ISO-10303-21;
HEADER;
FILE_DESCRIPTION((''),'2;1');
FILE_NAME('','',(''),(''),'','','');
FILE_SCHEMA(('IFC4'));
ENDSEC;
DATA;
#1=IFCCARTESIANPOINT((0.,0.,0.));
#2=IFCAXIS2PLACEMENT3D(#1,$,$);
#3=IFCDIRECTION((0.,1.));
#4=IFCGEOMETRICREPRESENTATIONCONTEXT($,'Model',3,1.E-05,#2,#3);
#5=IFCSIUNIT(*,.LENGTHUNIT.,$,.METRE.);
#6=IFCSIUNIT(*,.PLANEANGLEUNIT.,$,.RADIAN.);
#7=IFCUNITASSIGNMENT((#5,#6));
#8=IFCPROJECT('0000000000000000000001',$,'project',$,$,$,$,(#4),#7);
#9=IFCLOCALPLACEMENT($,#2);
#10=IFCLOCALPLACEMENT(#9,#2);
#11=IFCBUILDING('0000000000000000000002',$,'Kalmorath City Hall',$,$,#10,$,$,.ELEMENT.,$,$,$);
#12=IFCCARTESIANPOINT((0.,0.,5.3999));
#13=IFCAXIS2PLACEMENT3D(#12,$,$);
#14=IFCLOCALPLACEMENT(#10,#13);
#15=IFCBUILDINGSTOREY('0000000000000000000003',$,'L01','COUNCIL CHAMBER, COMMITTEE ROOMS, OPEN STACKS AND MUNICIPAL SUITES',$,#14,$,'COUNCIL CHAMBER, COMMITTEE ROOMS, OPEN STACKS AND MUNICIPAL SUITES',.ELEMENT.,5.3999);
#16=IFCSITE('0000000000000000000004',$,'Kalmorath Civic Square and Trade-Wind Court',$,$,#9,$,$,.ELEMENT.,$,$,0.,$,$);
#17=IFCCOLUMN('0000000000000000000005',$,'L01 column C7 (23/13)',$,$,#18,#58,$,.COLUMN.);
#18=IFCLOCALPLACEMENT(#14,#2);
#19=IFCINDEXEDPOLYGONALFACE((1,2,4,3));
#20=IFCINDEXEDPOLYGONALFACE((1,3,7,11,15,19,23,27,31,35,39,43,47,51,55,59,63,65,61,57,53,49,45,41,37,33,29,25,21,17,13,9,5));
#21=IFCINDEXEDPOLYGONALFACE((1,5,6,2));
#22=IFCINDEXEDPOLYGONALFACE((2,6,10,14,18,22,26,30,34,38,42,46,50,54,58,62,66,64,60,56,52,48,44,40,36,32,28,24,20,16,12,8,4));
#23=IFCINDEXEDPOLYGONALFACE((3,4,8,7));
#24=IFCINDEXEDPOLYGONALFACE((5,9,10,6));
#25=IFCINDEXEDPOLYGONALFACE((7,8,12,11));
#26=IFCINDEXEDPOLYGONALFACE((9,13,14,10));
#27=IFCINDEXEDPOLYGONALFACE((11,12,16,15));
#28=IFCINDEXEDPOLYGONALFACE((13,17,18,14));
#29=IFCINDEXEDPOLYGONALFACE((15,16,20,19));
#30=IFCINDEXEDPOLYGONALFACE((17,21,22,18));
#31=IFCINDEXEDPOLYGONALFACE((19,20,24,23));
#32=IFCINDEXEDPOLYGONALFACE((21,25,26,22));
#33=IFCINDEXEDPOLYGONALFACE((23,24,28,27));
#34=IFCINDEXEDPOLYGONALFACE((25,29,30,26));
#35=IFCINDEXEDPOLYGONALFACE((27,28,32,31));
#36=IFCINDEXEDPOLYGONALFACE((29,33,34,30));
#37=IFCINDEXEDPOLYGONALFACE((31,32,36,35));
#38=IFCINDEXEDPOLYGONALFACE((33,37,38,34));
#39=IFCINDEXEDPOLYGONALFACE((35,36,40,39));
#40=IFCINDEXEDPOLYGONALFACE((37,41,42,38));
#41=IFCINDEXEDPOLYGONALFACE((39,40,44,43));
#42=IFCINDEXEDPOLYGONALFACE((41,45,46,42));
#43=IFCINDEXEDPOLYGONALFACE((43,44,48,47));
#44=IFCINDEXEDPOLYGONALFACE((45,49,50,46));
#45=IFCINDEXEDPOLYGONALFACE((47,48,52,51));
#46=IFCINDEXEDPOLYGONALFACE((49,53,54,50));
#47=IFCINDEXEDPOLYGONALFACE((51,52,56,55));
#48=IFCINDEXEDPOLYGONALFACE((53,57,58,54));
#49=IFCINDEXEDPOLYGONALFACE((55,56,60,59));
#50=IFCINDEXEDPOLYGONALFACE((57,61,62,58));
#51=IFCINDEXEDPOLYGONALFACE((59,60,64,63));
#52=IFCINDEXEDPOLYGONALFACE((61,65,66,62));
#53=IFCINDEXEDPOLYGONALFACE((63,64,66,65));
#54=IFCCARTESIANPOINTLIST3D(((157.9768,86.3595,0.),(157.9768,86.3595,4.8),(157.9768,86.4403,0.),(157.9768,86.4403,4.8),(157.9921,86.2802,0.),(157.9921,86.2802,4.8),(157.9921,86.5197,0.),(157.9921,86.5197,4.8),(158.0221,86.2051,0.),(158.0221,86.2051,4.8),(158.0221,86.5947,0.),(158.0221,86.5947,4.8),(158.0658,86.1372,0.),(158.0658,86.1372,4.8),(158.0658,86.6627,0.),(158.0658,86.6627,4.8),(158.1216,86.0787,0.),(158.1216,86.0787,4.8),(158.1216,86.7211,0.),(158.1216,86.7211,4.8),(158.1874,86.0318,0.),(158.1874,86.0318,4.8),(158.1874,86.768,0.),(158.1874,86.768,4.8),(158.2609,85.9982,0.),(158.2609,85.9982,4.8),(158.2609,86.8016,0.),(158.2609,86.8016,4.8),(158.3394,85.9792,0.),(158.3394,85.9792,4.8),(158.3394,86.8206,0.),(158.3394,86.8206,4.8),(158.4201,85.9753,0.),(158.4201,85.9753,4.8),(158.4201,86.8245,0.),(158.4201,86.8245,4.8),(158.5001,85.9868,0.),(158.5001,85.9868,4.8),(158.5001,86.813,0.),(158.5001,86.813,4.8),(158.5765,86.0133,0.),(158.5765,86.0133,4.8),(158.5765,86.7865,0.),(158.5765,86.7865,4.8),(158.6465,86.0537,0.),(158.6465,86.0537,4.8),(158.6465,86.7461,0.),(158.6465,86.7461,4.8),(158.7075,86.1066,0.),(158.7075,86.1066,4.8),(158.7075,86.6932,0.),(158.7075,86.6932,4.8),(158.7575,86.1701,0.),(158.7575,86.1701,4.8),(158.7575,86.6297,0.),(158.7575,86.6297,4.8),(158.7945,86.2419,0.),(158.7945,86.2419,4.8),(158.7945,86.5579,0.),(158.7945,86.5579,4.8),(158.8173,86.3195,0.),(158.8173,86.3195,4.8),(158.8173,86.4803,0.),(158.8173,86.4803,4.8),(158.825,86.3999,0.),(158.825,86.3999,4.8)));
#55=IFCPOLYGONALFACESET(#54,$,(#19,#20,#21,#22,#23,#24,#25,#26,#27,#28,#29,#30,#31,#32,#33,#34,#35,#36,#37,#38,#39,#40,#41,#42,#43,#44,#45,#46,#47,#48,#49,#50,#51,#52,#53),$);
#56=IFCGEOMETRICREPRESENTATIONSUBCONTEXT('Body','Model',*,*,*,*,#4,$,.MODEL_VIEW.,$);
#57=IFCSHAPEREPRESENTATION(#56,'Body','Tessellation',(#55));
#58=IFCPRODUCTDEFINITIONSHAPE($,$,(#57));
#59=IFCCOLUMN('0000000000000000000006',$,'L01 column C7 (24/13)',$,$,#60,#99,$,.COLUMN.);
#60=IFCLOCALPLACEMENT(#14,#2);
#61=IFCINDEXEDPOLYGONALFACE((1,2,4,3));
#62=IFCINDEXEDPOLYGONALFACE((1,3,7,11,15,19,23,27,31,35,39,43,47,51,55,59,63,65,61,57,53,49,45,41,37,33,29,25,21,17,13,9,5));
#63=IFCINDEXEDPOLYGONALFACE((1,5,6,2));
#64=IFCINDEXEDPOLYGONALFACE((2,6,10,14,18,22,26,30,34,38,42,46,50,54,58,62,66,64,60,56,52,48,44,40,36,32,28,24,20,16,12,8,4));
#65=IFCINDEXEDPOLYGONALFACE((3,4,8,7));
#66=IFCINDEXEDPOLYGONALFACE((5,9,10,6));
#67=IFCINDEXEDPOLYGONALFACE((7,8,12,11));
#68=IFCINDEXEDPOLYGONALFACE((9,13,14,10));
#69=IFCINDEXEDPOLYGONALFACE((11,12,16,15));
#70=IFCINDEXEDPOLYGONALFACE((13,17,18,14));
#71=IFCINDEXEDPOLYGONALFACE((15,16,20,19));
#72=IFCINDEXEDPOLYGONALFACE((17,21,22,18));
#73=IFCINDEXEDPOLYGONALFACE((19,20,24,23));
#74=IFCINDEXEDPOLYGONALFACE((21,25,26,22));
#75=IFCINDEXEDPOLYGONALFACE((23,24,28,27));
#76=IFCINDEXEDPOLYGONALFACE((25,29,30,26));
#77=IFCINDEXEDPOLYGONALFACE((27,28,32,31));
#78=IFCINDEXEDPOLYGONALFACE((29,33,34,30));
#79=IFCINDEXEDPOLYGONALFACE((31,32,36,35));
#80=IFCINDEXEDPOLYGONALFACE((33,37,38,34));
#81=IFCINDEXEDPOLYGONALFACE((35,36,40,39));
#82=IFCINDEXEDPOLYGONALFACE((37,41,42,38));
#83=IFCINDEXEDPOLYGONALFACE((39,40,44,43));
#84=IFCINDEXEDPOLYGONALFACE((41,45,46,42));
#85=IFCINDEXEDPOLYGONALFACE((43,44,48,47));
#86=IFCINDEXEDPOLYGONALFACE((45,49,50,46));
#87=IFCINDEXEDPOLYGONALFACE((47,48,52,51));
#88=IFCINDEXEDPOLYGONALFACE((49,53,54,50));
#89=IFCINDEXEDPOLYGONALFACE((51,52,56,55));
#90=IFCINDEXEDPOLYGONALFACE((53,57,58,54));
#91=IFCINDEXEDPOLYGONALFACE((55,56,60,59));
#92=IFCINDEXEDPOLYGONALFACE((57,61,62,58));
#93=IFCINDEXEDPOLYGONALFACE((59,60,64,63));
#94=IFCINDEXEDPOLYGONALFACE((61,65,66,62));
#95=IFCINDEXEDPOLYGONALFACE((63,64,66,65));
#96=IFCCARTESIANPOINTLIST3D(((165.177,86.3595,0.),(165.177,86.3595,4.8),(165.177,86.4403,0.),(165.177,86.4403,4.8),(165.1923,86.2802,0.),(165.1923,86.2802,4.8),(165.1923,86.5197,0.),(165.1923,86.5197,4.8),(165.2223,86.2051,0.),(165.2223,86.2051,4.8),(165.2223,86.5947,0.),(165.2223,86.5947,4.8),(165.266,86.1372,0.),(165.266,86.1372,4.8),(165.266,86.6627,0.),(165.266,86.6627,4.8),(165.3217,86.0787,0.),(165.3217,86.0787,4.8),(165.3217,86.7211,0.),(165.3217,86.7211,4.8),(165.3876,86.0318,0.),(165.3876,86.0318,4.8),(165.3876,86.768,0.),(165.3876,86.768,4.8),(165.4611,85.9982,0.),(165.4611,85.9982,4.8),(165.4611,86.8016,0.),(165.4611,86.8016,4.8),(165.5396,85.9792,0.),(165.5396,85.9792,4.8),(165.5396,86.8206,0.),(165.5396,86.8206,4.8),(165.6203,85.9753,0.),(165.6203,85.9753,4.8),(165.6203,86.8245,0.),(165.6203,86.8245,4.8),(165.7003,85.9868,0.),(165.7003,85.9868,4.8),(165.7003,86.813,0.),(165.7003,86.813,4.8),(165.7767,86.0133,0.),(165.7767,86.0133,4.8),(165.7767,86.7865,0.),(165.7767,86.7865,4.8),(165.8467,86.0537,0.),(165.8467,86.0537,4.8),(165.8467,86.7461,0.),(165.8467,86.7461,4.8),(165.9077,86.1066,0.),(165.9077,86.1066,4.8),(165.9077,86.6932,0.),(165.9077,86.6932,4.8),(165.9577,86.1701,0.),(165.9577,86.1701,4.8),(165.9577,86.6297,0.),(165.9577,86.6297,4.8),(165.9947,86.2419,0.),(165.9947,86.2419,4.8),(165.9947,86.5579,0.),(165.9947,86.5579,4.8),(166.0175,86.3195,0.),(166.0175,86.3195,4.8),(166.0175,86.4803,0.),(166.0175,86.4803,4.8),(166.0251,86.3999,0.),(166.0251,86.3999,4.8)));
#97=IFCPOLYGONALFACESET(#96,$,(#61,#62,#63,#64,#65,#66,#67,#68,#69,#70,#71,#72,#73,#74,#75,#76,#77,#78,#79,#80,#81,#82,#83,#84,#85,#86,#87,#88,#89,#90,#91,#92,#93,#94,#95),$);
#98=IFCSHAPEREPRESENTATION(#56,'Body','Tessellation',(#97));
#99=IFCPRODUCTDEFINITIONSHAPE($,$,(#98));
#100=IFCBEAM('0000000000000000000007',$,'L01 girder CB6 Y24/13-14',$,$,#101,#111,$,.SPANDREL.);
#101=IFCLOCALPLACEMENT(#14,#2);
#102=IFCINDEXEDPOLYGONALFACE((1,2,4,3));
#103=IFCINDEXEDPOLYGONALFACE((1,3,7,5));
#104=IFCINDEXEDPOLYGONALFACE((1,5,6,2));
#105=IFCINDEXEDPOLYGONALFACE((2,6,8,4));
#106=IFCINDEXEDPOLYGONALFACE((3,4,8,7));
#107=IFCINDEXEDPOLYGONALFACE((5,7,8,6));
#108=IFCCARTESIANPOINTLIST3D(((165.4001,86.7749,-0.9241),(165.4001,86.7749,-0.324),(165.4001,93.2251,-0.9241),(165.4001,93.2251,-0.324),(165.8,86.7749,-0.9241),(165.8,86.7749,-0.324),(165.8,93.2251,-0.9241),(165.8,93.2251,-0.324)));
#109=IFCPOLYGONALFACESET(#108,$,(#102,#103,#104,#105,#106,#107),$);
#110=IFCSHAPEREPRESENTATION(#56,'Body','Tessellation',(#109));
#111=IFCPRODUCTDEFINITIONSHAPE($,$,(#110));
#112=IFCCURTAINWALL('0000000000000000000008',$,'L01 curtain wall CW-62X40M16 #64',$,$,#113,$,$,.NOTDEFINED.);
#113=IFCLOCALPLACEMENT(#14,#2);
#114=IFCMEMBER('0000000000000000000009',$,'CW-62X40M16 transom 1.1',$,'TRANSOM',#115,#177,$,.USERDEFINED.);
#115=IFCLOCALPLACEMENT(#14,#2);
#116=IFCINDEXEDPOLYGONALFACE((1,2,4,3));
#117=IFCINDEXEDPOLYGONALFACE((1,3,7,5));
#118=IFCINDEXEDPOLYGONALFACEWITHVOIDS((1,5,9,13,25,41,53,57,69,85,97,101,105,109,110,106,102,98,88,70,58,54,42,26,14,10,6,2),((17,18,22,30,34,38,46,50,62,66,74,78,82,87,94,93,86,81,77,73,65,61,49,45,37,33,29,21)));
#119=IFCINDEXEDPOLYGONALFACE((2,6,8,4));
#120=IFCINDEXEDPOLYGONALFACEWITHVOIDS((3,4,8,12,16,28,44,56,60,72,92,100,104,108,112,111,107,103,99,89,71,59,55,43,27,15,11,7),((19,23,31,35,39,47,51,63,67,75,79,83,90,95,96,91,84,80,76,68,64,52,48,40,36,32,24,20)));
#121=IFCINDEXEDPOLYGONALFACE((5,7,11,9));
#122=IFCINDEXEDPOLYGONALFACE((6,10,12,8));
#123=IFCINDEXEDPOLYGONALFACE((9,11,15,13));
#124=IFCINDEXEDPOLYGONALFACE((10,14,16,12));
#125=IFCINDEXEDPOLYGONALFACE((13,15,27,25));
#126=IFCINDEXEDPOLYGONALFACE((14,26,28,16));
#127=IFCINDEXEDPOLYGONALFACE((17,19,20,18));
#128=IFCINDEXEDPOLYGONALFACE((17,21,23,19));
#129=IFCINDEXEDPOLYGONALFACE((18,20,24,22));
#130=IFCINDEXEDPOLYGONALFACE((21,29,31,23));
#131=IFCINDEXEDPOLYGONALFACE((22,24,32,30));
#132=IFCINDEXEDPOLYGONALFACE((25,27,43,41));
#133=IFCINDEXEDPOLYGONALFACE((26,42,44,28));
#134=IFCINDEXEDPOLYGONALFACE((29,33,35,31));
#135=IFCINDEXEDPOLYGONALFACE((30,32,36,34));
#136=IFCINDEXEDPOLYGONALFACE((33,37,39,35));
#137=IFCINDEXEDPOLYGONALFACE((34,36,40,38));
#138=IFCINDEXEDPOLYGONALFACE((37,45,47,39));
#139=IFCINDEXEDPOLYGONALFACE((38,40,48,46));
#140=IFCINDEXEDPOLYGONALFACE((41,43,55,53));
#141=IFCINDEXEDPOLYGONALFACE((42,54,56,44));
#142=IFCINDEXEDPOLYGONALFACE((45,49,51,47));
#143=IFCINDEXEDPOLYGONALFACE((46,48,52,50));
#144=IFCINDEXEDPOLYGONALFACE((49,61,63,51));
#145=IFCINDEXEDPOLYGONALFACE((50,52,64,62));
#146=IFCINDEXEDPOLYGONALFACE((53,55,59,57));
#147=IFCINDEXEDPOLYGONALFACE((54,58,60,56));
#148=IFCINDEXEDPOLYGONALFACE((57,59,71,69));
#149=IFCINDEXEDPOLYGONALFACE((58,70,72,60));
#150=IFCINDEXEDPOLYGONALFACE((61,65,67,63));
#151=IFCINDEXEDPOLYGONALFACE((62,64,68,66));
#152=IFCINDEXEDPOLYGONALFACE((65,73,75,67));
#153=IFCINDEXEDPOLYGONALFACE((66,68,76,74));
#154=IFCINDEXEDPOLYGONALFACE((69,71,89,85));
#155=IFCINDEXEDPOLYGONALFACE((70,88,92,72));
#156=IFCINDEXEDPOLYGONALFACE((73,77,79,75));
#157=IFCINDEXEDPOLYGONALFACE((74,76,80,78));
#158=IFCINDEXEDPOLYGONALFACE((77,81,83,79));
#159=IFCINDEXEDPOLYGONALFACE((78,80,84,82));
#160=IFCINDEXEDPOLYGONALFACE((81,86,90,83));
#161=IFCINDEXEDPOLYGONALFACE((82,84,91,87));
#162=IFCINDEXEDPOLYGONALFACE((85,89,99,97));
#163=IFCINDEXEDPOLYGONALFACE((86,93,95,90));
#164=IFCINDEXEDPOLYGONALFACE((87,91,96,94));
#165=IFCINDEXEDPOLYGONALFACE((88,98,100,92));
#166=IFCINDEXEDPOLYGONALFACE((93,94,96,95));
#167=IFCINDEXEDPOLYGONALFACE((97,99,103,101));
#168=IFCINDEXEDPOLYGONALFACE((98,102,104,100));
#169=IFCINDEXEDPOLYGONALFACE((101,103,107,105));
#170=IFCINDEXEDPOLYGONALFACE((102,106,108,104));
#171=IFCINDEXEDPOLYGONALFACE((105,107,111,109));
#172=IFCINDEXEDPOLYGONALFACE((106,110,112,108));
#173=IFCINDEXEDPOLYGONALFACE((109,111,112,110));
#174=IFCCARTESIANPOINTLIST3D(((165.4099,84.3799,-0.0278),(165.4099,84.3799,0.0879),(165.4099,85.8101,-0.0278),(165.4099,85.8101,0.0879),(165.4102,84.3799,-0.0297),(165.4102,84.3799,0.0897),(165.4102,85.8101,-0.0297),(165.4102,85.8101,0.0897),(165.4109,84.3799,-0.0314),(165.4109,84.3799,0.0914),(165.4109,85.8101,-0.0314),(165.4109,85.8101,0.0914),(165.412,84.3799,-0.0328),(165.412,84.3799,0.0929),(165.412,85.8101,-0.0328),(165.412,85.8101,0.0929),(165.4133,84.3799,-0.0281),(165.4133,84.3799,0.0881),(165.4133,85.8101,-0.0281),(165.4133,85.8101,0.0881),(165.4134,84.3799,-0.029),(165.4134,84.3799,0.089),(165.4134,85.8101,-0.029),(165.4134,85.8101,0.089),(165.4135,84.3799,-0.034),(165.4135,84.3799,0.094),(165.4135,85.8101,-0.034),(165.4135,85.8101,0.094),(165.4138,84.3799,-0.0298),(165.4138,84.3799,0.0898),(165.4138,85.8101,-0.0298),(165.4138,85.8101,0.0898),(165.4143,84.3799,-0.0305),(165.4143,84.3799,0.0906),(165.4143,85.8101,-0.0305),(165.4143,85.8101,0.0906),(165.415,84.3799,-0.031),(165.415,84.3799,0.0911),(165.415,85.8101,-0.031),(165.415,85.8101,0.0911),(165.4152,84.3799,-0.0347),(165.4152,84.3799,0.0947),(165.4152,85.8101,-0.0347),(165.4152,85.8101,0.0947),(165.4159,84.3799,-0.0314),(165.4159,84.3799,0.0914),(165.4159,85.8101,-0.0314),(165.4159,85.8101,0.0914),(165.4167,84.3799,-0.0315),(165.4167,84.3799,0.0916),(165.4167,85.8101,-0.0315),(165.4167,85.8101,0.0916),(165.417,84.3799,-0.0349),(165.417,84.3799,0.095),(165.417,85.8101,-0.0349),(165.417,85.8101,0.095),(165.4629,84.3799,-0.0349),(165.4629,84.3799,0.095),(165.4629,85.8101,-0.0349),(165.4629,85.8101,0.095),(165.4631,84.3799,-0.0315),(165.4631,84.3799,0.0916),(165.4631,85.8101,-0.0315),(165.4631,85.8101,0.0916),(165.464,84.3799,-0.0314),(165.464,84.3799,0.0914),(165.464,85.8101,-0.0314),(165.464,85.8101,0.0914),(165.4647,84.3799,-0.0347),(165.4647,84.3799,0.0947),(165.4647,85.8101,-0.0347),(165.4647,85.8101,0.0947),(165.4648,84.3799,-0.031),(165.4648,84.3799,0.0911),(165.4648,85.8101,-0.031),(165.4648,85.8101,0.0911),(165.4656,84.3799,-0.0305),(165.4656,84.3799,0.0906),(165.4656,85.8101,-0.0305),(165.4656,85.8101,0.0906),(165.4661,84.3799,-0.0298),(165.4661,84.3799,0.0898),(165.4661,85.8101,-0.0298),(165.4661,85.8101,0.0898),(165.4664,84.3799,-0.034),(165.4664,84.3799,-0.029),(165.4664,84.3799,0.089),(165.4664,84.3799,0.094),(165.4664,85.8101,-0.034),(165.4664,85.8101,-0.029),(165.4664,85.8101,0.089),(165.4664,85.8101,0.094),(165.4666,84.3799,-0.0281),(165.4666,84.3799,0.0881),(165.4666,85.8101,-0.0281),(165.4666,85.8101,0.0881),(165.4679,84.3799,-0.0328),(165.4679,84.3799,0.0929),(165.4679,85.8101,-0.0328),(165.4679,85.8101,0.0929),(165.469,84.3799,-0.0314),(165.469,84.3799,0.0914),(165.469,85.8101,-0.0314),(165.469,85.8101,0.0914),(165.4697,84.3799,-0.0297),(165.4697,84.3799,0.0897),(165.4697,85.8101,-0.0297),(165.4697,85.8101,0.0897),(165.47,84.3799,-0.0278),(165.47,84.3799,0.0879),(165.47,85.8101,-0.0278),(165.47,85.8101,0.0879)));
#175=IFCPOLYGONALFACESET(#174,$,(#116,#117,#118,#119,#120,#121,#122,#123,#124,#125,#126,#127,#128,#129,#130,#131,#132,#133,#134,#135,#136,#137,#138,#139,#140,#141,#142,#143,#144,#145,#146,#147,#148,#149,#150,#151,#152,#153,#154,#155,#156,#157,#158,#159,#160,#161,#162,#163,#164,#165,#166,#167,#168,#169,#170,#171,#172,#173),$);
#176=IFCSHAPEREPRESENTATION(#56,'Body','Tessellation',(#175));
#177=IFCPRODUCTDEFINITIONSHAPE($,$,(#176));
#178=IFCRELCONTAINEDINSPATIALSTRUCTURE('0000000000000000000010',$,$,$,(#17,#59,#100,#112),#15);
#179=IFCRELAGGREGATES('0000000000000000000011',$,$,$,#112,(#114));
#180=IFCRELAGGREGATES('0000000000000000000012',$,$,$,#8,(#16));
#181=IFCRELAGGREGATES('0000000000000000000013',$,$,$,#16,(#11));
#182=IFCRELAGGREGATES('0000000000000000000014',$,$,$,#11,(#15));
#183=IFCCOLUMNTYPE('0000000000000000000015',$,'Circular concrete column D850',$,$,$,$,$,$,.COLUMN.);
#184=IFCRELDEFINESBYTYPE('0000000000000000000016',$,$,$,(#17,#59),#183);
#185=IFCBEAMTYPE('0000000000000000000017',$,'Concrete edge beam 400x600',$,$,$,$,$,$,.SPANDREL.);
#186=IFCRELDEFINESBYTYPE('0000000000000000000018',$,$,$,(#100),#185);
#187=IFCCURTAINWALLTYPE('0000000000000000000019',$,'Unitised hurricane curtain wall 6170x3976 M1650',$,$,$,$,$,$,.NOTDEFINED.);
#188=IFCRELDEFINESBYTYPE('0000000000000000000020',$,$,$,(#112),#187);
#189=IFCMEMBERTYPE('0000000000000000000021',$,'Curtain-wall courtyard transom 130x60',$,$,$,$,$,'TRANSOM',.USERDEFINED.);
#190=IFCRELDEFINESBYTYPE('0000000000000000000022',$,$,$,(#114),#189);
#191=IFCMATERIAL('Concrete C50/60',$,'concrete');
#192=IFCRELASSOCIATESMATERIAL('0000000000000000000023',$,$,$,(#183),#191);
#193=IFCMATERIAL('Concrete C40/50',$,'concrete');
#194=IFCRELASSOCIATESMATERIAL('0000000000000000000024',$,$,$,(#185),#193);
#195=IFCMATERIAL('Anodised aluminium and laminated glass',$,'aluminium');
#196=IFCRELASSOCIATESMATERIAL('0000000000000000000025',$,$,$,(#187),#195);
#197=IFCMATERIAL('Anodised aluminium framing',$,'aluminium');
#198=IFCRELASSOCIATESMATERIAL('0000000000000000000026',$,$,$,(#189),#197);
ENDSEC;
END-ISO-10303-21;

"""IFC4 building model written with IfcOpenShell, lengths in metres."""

from ifc_helpers import new_model, si_unit, direction, frame, origin, origin_2d, place, context, subcontext, project, spatial, rectangle, hollow_rectangle, circle, extrude, material, material_profile, profile_set, type_object, element, aggregate, save


model = new_model("IFC4")

# Units and contexts
model_context = context("Model", 3, precision=1e-05, world=origin(), true_north=direction((0.0, 1.0)))
body_context = subcontext(model_context, "Body", "Model", "MODEL_VIEW")
ifc_project = project(units=[si_unit("LENGTHUNIT", "METRE"), si_unit("PLANEANGLEUNIT", "RADIAN")], contexts=[model_context])

# Site, building, storey
site_placement = place(None, origin())
site = spatial("IfcSite", under=ifc_project, at=site_placement, Name="Kalmorath Civic Square and Trade-Wind Court", CompositionType="ELEMENT", RefElevation=0.0)
building_placement = place(site_placement, origin())
building = spatial("IfcBuilding", under=site, at=building_placement, Name="Kalmorath City Hall", CompositionType="ELEMENT")
storey_placement = place(building_placement, frame((0.0, 0.0, 5.3999)))
storey = spatial("IfcBuildingStorey", under=building, at=storey_placement, Name="L01", Description="COUNCIL CHAMBER, COMMITTEE ROOMS, OPEN STACKS AND MUNICIPAL SUITES", LongName="COUNCIL CHAMBER, COMMITTEE ROOMS, OPEN STACKS AND MUNICIPAL SUITES", CompositionType="ELEMENT", Elevation=5.3999)

# Columns
ifc_material_1 = material(Name="Concrete C50/60", Category="concrete")
ifc_material_profile_1 = material_profile(ifc_material_1, circle(Radius=0.425, at=origin_2d()), Name="RC-COL-D850")
ifc_profile_set_1 = profile_set([ifc_material_profile_1], Name="Concrete C50/60")
column_type = type_object("IfcColumnType", Name="Circular concrete column D850", PredefinedType="COLUMN", material=ifc_profile_set_1)
for number, where, z_axis, x_axis, name in (
    (1, (158.3999, 86.3999, 0.0), (0.0, 0.0, 1.0), (1.0, 0.0, 0.0), "L01 column C7 (23/13)"),
    (2, (165.6001, 86.3999, 0.0), (0.0, 0.0, 1.0), (1.0, 0.0, 0.0), "L01 column C7 (24/13)"),
):
    element("IfcColumn", number, at=place(storey_placement, frame(where, z_axis=z_axis, x_axis=x_axis)), inside=storey, type_object=column_type, Name=name, PredefinedType="COLUMN", context=body_context, shape_type="SweptSolid", body=[
        extrude(circle(Radius=0.425, at=origin_2d()), origin(), (0.0, 0.0, 1.0), 4.8),
    ])

# Beam
ifc_material_2 = material(Name="Concrete C40/50", Category="concrete")
ifc_material_profile_2 = material_profile(ifc_material_2, rectangle(XDim=0.3999, YDim=0.6001, at=origin_2d()), Name="RC-BM-400X600")
ifc_profile_set_2 = profile_set([ifc_material_profile_2], Name="Concrete C40/50")
beam_type_1 = type_object("IfcBeamType", Name="Concrete edge beam 400x600", PredefinedType="SPANDREL", material=ifc_profile_set_2)
beam_1_placement = place(storey_placement, frame((165.6001, 86.7749, -0.624), z_axis=(0.0, 1.0, 0.0), x_axis=(-1.0, 0.0, 0.0)))
element("IfcBeam", 3, at=beam_1_placement, inside=storey, type_object=beam_type_1, Name="L01 girder CB6 Y24/13-14", PredefinedType="SPANDREL", context=body_context, shape_type="SweptSolid", body=[
    extrude(rectangle(XDim=0.3999, YDim=0.6001, at=origin_2d()), origin(), (0.0, 0.0, 1.0), 6.4502),
])

# Curtain wall, member
ifc_material_3 = material(Name="Anodised aluminium and laminated glass", Category="aluminium")
curtain_wall_type = type_object("IfcCurtainWallType", Name="Unitised hurricane curtain wall 6170x3976 M1650", PredefinedType="NOTDEFINED", material=ifc_material_3)
curtain_wall_placement = place(storey_placement, origin())
curtain_wall = element("IfcCurtainWall", 4, at=curtain_wall_placement, inside=storey, type_object=curtain_wall_type, Name="L01 curtain wall CW-62X40M16 #64", PredefinedType="NOTDEFINED")
ifc_material_4 = material(Name="Anodised aluminium framing", Category="aluminium")
ifc_material_profile_3 = material_profile(ifc_material_4, hollow_rectangle(XDim=0.0601, YDim=0.1299, WallThickness=0.0034, InnerFilletRadius=0.0034, OuterFilletRadius=0.0071, at=origin_2d()), Name="ALU-TRN-130X60X3.5")
ifc_profile_set_3 = profile_set([ifc_material_profile_3], Name="Anodised aluminium framing")
member_type_1 = type_object("IfcMemberType", Name="Curtain-wall courtyard transom 130x60", ElementType="TRANSOM", PredefinedType="USERDEFINED", material=ifc_profile_set_3)
member_1_placement = place(storey_placement, frame((165.4399, 85.8101, 0.03), z_axis=(0.0, -1.0, 0.0), x_axis=(1.0, 0.0, 0.0)))
member_1 = element("IfcMember", 5, at=member_1_placement, type_object=member_type_1, Name="CW-62X40M16 transom 1.1", ObjectType="TRANSOM", PredefinedType="USERDEFINED", context=body_context, shape_type="SweptSolid", body=[
    extrude(hollow_rectangle(XDim=0.0601, YDim=0.1299, WallThickness=0.0034, InnerFilletRadius=0.0034, OuterFilletRadius=0.0071, at=origin_2d()), origin(), (0.0, 0.0, 1.0), 1.4302),
])

aggregate(curtain_wall, [member_1])

save(model, "model.ifc")
